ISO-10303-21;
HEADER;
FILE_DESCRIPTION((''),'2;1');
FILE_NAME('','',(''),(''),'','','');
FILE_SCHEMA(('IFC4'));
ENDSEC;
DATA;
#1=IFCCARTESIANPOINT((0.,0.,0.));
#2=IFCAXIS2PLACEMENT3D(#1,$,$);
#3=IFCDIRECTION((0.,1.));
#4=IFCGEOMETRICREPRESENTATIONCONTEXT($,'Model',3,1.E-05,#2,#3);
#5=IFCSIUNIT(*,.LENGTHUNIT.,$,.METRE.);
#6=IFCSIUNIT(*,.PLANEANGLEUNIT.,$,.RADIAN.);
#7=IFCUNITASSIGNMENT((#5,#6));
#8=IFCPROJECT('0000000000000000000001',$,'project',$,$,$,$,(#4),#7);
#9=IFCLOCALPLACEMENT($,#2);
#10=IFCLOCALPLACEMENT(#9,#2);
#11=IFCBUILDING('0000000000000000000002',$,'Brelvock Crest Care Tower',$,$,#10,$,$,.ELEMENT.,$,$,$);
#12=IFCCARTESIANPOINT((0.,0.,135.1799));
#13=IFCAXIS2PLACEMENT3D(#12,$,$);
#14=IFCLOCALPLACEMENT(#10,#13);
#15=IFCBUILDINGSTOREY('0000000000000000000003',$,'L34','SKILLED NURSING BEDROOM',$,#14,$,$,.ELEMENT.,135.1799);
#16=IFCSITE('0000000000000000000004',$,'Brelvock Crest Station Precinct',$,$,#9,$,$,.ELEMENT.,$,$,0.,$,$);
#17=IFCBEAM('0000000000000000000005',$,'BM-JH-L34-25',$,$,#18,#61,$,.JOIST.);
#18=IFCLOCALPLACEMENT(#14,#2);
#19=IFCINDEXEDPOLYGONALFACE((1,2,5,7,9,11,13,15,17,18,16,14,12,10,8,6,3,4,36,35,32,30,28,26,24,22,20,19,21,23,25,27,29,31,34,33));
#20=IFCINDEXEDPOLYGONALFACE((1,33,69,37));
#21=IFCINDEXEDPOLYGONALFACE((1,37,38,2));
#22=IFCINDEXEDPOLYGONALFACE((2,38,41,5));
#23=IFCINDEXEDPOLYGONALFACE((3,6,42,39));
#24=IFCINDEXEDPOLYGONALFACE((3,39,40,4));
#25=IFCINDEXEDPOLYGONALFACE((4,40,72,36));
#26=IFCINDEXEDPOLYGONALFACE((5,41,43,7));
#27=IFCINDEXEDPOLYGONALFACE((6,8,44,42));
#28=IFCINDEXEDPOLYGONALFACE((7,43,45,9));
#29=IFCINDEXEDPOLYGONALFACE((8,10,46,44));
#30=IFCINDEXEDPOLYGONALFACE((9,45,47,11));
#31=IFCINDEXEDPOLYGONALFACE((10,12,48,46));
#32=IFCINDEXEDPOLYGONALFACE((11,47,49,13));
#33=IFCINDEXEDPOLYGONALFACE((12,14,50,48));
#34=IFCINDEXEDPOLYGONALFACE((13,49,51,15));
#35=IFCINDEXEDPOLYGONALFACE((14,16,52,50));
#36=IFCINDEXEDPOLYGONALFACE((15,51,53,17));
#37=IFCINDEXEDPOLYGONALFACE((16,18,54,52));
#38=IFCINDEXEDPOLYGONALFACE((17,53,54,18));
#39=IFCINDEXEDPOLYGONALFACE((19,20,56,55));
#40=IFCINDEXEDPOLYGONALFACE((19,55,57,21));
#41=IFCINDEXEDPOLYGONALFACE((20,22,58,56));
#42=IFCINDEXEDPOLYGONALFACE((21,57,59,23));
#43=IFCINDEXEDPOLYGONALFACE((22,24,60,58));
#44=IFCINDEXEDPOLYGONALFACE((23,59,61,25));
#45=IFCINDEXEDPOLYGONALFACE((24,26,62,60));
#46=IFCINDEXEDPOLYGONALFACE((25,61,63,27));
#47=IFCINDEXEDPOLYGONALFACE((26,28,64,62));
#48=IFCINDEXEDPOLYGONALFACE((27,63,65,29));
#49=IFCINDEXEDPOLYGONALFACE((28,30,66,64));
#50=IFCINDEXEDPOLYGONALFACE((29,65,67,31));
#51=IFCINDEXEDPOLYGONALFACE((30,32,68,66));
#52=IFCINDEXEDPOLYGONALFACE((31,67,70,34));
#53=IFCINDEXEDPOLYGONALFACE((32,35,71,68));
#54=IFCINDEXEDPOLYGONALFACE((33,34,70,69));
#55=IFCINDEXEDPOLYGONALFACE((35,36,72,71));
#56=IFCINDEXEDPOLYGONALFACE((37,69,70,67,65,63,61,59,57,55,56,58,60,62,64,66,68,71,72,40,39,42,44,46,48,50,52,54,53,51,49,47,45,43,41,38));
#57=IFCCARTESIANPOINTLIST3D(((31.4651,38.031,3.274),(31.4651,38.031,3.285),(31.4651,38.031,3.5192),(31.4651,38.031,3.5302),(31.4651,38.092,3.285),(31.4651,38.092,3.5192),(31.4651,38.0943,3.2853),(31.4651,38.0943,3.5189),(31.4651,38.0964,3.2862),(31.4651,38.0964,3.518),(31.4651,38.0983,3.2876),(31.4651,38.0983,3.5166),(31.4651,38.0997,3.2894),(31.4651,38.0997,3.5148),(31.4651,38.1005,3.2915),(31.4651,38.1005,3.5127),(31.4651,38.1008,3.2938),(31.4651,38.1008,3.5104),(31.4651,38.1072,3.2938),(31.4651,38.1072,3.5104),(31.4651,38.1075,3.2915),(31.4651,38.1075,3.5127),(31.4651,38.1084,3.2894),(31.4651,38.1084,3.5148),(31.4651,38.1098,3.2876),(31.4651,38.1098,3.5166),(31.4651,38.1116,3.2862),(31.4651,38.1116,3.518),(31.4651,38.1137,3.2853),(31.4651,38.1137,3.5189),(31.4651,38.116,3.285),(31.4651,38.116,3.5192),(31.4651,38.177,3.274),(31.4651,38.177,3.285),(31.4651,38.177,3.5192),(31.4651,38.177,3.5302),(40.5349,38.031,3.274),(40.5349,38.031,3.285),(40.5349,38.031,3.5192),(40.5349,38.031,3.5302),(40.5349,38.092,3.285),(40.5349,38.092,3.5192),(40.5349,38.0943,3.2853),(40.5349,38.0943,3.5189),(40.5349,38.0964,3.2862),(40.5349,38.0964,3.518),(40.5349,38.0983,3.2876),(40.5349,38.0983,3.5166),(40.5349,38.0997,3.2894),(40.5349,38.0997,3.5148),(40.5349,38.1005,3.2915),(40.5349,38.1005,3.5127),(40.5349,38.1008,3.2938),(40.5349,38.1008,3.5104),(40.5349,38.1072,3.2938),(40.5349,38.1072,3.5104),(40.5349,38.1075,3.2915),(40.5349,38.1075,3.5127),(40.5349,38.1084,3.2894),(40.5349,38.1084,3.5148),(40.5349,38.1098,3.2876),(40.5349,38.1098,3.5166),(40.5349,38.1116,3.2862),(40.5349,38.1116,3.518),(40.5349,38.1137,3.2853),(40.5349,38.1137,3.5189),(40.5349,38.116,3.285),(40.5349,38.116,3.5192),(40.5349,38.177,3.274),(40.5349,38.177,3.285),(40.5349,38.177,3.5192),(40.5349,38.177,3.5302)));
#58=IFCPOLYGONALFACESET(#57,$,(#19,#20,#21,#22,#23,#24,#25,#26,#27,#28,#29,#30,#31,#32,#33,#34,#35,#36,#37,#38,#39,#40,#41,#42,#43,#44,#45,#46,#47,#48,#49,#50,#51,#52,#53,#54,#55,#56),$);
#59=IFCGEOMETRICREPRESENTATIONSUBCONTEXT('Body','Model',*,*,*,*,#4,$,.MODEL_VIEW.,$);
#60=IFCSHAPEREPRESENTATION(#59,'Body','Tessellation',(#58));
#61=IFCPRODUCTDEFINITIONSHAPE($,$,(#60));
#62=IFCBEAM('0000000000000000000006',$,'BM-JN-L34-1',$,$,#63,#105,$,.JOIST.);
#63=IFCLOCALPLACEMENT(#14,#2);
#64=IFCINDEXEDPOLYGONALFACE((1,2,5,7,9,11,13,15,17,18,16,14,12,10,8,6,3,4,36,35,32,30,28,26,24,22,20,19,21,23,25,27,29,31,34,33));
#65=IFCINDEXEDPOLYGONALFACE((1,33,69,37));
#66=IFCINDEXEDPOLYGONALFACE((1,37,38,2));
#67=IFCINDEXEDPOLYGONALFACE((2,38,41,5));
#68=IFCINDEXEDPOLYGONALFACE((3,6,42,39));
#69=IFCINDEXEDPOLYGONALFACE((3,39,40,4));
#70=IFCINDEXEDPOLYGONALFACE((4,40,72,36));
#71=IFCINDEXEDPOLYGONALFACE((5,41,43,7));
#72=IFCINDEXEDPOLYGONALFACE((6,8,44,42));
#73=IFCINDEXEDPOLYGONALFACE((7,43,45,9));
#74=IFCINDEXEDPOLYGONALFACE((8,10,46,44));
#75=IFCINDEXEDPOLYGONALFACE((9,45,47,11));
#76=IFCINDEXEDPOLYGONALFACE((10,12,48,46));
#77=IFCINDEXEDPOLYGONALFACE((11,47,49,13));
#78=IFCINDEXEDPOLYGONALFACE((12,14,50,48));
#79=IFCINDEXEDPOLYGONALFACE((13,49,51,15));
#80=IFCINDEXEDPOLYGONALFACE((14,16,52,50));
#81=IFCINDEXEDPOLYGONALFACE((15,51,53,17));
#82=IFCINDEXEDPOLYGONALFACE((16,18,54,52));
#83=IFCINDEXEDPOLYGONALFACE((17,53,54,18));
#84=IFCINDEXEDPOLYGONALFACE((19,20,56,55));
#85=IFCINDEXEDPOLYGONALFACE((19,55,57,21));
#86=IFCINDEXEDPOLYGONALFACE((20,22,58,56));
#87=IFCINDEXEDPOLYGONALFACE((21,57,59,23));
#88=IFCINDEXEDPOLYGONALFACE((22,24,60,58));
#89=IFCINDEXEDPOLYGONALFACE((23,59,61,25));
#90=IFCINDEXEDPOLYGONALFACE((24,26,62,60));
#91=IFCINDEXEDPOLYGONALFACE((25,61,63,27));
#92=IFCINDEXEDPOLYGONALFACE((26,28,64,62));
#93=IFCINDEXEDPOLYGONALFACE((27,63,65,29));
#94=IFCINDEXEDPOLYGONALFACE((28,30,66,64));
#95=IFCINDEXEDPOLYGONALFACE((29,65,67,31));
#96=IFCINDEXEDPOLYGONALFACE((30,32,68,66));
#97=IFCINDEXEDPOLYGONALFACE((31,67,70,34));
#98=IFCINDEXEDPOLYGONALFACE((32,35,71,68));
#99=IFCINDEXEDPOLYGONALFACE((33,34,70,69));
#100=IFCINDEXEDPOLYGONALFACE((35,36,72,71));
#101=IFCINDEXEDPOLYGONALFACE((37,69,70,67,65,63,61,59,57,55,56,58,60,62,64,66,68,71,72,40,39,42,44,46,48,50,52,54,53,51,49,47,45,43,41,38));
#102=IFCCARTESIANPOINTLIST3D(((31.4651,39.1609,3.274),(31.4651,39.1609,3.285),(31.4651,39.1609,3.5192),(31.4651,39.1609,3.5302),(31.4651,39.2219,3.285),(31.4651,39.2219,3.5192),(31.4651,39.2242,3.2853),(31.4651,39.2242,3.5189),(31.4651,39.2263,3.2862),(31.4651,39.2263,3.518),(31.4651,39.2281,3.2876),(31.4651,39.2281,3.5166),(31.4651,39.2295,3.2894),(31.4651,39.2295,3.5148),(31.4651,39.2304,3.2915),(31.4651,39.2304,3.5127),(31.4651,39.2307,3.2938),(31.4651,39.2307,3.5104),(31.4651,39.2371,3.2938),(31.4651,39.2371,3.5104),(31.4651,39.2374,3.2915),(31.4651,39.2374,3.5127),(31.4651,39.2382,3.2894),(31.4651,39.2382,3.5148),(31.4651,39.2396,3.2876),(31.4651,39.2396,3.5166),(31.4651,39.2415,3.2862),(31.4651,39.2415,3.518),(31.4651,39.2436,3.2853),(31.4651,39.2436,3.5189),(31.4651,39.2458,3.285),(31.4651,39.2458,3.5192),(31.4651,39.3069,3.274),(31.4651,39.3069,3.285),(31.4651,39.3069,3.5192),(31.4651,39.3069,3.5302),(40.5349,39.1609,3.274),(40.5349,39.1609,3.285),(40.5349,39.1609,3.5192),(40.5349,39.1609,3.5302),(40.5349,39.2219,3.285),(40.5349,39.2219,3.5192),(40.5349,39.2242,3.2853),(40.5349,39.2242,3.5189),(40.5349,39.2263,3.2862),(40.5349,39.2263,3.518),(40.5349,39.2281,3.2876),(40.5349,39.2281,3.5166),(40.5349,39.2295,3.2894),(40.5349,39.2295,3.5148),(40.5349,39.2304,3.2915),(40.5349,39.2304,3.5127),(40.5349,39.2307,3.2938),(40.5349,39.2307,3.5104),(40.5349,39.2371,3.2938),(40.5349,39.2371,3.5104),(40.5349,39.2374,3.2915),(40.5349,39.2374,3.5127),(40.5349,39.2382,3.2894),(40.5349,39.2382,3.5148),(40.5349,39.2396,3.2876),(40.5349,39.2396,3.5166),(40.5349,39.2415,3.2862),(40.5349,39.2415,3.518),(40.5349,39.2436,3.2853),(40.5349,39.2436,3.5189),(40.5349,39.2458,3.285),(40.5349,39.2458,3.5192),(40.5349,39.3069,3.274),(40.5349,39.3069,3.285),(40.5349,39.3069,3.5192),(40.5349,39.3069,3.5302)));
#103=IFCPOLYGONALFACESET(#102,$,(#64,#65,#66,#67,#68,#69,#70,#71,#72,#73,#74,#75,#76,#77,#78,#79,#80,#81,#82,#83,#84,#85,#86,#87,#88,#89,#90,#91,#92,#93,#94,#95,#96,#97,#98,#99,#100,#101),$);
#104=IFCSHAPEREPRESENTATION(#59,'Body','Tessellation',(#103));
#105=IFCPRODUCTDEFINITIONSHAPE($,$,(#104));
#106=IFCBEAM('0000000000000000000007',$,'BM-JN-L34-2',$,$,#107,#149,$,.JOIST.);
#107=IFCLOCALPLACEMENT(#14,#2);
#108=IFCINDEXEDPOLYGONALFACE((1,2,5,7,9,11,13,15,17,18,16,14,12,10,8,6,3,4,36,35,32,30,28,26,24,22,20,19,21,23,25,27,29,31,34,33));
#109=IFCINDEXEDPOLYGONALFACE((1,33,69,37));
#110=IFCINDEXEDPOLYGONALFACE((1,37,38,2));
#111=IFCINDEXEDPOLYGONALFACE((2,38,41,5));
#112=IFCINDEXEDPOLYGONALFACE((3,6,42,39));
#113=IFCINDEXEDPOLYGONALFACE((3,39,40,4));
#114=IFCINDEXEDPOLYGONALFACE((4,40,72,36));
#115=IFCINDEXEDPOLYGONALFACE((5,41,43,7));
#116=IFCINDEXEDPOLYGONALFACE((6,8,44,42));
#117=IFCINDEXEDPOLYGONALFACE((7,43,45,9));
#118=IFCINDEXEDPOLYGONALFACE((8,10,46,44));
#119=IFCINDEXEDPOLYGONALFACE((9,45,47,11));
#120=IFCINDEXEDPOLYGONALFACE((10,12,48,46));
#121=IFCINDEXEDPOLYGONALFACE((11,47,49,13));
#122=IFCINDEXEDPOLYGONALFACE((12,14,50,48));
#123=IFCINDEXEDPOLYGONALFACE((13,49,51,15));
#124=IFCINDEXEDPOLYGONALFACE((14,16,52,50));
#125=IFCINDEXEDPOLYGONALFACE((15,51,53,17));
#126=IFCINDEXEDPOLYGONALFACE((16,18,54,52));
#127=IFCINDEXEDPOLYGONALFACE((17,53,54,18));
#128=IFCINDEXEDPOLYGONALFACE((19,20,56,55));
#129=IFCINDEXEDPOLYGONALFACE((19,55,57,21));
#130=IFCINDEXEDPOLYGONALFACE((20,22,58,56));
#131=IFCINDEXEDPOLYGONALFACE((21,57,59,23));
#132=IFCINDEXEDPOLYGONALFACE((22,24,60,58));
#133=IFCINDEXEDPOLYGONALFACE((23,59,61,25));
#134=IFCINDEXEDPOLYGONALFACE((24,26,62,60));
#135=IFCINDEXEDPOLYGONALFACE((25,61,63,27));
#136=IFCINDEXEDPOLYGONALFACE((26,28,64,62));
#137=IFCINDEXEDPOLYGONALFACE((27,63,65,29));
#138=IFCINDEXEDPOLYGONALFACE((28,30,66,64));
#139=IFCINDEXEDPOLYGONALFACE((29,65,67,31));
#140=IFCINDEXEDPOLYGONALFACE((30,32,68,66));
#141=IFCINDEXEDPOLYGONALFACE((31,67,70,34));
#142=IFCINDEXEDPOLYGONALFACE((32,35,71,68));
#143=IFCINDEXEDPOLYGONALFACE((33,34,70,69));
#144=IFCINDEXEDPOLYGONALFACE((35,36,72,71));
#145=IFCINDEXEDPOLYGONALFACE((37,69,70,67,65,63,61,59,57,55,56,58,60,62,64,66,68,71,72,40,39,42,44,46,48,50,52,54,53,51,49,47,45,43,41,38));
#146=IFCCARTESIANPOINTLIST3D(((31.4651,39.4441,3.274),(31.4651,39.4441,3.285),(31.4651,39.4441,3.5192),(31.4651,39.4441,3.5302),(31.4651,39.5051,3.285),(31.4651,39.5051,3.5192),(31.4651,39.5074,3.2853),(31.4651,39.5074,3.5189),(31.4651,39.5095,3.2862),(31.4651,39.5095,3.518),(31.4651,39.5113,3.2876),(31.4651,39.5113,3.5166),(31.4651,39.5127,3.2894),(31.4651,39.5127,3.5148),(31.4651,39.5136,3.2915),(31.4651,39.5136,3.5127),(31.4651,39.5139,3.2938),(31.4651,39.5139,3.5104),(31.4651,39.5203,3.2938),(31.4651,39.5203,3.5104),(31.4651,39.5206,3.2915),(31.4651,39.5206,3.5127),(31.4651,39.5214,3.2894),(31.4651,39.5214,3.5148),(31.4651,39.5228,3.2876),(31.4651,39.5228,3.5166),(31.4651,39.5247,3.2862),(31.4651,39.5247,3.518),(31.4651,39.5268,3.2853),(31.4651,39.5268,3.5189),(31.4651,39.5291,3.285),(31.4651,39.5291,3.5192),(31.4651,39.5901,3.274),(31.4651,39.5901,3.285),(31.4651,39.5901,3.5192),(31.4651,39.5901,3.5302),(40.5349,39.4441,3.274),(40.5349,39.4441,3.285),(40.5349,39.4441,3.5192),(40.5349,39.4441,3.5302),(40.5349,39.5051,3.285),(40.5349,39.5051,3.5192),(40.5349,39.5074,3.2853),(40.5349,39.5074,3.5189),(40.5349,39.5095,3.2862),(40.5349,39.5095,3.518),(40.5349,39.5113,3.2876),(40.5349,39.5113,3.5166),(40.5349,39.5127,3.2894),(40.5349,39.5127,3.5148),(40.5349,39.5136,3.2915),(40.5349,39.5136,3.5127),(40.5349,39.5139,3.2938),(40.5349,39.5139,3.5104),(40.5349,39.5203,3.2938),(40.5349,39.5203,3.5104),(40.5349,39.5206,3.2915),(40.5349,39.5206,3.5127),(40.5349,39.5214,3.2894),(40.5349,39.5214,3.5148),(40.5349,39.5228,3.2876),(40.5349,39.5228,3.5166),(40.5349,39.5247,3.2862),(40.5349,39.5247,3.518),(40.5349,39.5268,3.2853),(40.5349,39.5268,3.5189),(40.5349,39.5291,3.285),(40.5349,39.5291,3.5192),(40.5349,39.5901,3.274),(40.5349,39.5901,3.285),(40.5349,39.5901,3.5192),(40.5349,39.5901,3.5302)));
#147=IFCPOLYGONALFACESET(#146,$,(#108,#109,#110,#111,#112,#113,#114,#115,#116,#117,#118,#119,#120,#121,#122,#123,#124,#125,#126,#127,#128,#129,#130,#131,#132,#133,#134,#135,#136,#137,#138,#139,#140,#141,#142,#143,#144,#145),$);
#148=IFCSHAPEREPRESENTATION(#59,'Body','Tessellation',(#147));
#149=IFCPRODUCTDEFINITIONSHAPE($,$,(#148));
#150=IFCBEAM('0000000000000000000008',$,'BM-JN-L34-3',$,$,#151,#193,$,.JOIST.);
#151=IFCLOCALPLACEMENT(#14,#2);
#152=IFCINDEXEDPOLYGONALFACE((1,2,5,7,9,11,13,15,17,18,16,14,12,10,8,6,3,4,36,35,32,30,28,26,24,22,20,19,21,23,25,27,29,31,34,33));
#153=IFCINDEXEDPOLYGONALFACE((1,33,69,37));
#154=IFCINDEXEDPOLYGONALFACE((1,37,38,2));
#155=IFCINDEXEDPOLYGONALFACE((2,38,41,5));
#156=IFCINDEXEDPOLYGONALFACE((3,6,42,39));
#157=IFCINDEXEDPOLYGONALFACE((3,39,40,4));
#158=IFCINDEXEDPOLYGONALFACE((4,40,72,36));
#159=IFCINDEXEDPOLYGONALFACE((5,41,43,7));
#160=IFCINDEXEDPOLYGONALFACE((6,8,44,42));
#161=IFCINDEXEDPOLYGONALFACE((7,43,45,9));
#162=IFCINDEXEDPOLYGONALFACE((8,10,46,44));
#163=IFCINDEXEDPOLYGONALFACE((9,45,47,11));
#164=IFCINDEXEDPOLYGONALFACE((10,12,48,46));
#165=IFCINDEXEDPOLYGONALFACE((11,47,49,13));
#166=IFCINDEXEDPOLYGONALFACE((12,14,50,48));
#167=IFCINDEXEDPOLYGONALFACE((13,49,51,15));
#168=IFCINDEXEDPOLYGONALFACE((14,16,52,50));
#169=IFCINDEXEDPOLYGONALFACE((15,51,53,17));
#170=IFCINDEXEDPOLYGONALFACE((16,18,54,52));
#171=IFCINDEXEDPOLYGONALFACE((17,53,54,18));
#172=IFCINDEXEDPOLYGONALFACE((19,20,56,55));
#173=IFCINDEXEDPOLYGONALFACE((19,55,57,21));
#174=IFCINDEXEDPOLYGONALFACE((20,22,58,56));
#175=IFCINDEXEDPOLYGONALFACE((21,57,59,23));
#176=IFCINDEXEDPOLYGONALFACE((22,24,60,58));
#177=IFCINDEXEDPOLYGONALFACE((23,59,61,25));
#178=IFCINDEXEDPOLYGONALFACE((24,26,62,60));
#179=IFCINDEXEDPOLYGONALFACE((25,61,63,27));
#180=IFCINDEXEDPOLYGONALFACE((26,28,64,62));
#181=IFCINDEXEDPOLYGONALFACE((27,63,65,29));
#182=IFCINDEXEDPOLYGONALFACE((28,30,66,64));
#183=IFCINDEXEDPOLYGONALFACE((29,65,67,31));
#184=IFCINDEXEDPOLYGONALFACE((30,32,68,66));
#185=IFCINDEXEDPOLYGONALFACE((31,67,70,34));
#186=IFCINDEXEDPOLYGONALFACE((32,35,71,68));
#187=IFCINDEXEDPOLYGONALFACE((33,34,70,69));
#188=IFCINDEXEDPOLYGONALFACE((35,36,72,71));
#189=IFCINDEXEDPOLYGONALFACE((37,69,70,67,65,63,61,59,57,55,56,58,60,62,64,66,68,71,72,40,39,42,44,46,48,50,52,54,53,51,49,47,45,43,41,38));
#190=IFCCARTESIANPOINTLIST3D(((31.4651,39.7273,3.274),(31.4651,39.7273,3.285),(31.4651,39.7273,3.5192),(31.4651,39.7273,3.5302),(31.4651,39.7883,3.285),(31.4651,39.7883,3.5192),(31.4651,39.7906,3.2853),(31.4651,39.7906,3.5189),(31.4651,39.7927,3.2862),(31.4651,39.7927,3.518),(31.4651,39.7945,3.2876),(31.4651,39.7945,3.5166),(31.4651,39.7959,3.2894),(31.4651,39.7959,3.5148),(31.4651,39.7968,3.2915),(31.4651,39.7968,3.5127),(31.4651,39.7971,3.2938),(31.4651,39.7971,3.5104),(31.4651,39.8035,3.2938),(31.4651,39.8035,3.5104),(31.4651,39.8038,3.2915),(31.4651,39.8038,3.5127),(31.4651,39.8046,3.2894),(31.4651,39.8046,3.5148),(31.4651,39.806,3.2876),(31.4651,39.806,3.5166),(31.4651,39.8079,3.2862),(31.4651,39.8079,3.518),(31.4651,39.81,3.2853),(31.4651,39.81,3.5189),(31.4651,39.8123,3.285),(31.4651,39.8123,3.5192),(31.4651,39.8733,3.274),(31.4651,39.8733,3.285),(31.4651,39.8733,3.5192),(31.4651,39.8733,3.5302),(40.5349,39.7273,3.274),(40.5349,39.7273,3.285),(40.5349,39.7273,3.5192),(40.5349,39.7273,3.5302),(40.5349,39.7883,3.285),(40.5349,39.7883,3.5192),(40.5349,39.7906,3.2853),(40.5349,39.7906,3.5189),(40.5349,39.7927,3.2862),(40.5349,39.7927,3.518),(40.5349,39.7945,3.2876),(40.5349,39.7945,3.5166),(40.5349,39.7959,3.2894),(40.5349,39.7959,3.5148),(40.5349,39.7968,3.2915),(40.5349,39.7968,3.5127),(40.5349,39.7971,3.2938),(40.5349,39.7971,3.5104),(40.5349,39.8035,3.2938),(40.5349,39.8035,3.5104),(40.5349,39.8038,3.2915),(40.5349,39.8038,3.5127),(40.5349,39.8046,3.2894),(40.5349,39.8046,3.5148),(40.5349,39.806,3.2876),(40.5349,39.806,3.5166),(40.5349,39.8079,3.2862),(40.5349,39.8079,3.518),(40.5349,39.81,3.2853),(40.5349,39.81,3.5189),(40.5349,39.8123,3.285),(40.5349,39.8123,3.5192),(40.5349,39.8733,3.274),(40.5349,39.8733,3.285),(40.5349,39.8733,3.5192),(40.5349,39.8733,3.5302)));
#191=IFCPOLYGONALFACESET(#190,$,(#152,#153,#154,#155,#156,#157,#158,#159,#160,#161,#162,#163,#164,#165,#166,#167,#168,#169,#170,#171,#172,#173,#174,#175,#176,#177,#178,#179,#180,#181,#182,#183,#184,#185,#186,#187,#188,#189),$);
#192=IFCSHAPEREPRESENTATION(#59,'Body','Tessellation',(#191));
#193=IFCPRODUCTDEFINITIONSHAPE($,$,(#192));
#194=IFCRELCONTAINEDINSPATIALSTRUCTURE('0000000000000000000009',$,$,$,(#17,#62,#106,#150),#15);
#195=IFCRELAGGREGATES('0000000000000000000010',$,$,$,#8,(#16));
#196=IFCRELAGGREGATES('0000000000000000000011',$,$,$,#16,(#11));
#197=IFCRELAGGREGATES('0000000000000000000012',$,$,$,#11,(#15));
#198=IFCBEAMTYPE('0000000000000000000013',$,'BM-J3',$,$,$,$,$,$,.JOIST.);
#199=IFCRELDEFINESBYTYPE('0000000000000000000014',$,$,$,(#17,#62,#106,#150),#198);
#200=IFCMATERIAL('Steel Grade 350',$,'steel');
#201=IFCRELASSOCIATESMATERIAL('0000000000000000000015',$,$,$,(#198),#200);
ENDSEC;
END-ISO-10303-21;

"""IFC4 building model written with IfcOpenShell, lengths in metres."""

from ifc_helpers import new_model, si_unit, direction, frame, origin, origin_2d, place, context, subcontext, project, spatial, i_section, extrude, source, transform, mapped, material, material_profile, profile_set, type_object, element, save


model = new_model("IFC4")

# Units and contexts
model_context = context("Model", 3, precision=1e-05, world=origin(), true_north=direction((0.0, 1.0)))
body_context = subcontext(model_context, "Body", "Model", "MODEL_VIEW")
ifc_project = project(units=[si_unit("LENGTHUNIT", "METRE"), si_unit("PLANEANGLEUNIT", "RADIAN")], contexts=[model_context])

# Site, building, storey
site_placement = place(None, origin())
site = spatial("IfcSite", under=ifc_project, at=site_placement, Name="Brelvock Crest Station Precinct", CompositionType="ELEMENT", RefElevation=0.0)
building_placement = place(site_placement, origin())
building = spatial("IfcBuilding", under=site, at=building_placement, Name="Brelvock Crest Care Tower", CompositionType="ELEMENT")
storey_placement = place(building_placement, frame((0.0, 0.0, 135.1799)))
storey = spatial("IfcBuildingStorey", under=building, at=storey_placement, Name="L34", Description="SKILLED NURSING BEDROOM", CompositionType="ELEMENT", Elevation=135.1799)

# Beams
ifc_material = material(Name="Steel Grade 350", Category="steel")
ifc_material_profile = material_profile(ifc_material, i_section(OverallWidth=0.146, OverallDepth=0.2561, WebThickness=0.0063, FlangeThickness=0.011, FilletRadius=0.0088, at=origin_2d()), Name="250UB37.3")
ifc_profile_set = profile_set([ifc_material_profile], Name="Steel Grade 350")
beam_type = type_object("IfcBeamType", Name="BM-J3", PredefinedType="JOIST", material=ifc_profile_set)
shared_shape = source(origin(), body_context, "Body", "SweptSolid", [
    extrude(i_section(OverallWidth=0.146, OverallDepth=0.2561, WebThickness=0.0063, FlangeThickness=0.011, FilletRadius=0.0088, at=origin_2d()), origin(), (0.0, 0.0, 1.0), 9.0698),
])
for number, where, z_axis, x_axis, name in (
    (1, (31.4651, 38.104, 3.4021), (1.0, 0.0, 0.0), (0.0, 1.0, 0.0), "BM-JH-L34-25"),
    (2, (31.4651, 39.2339, 3.4021), (1.0, 0.0, 0.0), (0.0, 1.0, 0.0), "BM-JN-L34-1"),
    (3, (31.4651, 39.5171, 3.4021), (1.0, 0.0, 0.0), (0.0, 1.0, 0.0), "BM-JN-L34-2"),
    (4, (31.4651, 39.8003, 3.4021), (1.0, 0.0, 0.0), (0.0, 1.0, 0.0), "BM-JN-L34-3"),
):
    element("IfcBeam", number, at=place(storey_placement, frame(where, z_axis=z_axis, x_axis=x_axis)), inside=storey, type_object=beam_type, Name=name, PredefinedType="JOIST", context=body_context, shape_type="MappedRepresentation", body=[
        mapped(shared_shape, transform((0.0, 0.0, 0.0), x_axis=(1.0, 0.0, 0.0), y_axis=(0.0, 1.0, 0.0), z_axis=(0.0, 0.0, 1.0), scale=1.0)),
    ])

save(model, "model.ifc")
